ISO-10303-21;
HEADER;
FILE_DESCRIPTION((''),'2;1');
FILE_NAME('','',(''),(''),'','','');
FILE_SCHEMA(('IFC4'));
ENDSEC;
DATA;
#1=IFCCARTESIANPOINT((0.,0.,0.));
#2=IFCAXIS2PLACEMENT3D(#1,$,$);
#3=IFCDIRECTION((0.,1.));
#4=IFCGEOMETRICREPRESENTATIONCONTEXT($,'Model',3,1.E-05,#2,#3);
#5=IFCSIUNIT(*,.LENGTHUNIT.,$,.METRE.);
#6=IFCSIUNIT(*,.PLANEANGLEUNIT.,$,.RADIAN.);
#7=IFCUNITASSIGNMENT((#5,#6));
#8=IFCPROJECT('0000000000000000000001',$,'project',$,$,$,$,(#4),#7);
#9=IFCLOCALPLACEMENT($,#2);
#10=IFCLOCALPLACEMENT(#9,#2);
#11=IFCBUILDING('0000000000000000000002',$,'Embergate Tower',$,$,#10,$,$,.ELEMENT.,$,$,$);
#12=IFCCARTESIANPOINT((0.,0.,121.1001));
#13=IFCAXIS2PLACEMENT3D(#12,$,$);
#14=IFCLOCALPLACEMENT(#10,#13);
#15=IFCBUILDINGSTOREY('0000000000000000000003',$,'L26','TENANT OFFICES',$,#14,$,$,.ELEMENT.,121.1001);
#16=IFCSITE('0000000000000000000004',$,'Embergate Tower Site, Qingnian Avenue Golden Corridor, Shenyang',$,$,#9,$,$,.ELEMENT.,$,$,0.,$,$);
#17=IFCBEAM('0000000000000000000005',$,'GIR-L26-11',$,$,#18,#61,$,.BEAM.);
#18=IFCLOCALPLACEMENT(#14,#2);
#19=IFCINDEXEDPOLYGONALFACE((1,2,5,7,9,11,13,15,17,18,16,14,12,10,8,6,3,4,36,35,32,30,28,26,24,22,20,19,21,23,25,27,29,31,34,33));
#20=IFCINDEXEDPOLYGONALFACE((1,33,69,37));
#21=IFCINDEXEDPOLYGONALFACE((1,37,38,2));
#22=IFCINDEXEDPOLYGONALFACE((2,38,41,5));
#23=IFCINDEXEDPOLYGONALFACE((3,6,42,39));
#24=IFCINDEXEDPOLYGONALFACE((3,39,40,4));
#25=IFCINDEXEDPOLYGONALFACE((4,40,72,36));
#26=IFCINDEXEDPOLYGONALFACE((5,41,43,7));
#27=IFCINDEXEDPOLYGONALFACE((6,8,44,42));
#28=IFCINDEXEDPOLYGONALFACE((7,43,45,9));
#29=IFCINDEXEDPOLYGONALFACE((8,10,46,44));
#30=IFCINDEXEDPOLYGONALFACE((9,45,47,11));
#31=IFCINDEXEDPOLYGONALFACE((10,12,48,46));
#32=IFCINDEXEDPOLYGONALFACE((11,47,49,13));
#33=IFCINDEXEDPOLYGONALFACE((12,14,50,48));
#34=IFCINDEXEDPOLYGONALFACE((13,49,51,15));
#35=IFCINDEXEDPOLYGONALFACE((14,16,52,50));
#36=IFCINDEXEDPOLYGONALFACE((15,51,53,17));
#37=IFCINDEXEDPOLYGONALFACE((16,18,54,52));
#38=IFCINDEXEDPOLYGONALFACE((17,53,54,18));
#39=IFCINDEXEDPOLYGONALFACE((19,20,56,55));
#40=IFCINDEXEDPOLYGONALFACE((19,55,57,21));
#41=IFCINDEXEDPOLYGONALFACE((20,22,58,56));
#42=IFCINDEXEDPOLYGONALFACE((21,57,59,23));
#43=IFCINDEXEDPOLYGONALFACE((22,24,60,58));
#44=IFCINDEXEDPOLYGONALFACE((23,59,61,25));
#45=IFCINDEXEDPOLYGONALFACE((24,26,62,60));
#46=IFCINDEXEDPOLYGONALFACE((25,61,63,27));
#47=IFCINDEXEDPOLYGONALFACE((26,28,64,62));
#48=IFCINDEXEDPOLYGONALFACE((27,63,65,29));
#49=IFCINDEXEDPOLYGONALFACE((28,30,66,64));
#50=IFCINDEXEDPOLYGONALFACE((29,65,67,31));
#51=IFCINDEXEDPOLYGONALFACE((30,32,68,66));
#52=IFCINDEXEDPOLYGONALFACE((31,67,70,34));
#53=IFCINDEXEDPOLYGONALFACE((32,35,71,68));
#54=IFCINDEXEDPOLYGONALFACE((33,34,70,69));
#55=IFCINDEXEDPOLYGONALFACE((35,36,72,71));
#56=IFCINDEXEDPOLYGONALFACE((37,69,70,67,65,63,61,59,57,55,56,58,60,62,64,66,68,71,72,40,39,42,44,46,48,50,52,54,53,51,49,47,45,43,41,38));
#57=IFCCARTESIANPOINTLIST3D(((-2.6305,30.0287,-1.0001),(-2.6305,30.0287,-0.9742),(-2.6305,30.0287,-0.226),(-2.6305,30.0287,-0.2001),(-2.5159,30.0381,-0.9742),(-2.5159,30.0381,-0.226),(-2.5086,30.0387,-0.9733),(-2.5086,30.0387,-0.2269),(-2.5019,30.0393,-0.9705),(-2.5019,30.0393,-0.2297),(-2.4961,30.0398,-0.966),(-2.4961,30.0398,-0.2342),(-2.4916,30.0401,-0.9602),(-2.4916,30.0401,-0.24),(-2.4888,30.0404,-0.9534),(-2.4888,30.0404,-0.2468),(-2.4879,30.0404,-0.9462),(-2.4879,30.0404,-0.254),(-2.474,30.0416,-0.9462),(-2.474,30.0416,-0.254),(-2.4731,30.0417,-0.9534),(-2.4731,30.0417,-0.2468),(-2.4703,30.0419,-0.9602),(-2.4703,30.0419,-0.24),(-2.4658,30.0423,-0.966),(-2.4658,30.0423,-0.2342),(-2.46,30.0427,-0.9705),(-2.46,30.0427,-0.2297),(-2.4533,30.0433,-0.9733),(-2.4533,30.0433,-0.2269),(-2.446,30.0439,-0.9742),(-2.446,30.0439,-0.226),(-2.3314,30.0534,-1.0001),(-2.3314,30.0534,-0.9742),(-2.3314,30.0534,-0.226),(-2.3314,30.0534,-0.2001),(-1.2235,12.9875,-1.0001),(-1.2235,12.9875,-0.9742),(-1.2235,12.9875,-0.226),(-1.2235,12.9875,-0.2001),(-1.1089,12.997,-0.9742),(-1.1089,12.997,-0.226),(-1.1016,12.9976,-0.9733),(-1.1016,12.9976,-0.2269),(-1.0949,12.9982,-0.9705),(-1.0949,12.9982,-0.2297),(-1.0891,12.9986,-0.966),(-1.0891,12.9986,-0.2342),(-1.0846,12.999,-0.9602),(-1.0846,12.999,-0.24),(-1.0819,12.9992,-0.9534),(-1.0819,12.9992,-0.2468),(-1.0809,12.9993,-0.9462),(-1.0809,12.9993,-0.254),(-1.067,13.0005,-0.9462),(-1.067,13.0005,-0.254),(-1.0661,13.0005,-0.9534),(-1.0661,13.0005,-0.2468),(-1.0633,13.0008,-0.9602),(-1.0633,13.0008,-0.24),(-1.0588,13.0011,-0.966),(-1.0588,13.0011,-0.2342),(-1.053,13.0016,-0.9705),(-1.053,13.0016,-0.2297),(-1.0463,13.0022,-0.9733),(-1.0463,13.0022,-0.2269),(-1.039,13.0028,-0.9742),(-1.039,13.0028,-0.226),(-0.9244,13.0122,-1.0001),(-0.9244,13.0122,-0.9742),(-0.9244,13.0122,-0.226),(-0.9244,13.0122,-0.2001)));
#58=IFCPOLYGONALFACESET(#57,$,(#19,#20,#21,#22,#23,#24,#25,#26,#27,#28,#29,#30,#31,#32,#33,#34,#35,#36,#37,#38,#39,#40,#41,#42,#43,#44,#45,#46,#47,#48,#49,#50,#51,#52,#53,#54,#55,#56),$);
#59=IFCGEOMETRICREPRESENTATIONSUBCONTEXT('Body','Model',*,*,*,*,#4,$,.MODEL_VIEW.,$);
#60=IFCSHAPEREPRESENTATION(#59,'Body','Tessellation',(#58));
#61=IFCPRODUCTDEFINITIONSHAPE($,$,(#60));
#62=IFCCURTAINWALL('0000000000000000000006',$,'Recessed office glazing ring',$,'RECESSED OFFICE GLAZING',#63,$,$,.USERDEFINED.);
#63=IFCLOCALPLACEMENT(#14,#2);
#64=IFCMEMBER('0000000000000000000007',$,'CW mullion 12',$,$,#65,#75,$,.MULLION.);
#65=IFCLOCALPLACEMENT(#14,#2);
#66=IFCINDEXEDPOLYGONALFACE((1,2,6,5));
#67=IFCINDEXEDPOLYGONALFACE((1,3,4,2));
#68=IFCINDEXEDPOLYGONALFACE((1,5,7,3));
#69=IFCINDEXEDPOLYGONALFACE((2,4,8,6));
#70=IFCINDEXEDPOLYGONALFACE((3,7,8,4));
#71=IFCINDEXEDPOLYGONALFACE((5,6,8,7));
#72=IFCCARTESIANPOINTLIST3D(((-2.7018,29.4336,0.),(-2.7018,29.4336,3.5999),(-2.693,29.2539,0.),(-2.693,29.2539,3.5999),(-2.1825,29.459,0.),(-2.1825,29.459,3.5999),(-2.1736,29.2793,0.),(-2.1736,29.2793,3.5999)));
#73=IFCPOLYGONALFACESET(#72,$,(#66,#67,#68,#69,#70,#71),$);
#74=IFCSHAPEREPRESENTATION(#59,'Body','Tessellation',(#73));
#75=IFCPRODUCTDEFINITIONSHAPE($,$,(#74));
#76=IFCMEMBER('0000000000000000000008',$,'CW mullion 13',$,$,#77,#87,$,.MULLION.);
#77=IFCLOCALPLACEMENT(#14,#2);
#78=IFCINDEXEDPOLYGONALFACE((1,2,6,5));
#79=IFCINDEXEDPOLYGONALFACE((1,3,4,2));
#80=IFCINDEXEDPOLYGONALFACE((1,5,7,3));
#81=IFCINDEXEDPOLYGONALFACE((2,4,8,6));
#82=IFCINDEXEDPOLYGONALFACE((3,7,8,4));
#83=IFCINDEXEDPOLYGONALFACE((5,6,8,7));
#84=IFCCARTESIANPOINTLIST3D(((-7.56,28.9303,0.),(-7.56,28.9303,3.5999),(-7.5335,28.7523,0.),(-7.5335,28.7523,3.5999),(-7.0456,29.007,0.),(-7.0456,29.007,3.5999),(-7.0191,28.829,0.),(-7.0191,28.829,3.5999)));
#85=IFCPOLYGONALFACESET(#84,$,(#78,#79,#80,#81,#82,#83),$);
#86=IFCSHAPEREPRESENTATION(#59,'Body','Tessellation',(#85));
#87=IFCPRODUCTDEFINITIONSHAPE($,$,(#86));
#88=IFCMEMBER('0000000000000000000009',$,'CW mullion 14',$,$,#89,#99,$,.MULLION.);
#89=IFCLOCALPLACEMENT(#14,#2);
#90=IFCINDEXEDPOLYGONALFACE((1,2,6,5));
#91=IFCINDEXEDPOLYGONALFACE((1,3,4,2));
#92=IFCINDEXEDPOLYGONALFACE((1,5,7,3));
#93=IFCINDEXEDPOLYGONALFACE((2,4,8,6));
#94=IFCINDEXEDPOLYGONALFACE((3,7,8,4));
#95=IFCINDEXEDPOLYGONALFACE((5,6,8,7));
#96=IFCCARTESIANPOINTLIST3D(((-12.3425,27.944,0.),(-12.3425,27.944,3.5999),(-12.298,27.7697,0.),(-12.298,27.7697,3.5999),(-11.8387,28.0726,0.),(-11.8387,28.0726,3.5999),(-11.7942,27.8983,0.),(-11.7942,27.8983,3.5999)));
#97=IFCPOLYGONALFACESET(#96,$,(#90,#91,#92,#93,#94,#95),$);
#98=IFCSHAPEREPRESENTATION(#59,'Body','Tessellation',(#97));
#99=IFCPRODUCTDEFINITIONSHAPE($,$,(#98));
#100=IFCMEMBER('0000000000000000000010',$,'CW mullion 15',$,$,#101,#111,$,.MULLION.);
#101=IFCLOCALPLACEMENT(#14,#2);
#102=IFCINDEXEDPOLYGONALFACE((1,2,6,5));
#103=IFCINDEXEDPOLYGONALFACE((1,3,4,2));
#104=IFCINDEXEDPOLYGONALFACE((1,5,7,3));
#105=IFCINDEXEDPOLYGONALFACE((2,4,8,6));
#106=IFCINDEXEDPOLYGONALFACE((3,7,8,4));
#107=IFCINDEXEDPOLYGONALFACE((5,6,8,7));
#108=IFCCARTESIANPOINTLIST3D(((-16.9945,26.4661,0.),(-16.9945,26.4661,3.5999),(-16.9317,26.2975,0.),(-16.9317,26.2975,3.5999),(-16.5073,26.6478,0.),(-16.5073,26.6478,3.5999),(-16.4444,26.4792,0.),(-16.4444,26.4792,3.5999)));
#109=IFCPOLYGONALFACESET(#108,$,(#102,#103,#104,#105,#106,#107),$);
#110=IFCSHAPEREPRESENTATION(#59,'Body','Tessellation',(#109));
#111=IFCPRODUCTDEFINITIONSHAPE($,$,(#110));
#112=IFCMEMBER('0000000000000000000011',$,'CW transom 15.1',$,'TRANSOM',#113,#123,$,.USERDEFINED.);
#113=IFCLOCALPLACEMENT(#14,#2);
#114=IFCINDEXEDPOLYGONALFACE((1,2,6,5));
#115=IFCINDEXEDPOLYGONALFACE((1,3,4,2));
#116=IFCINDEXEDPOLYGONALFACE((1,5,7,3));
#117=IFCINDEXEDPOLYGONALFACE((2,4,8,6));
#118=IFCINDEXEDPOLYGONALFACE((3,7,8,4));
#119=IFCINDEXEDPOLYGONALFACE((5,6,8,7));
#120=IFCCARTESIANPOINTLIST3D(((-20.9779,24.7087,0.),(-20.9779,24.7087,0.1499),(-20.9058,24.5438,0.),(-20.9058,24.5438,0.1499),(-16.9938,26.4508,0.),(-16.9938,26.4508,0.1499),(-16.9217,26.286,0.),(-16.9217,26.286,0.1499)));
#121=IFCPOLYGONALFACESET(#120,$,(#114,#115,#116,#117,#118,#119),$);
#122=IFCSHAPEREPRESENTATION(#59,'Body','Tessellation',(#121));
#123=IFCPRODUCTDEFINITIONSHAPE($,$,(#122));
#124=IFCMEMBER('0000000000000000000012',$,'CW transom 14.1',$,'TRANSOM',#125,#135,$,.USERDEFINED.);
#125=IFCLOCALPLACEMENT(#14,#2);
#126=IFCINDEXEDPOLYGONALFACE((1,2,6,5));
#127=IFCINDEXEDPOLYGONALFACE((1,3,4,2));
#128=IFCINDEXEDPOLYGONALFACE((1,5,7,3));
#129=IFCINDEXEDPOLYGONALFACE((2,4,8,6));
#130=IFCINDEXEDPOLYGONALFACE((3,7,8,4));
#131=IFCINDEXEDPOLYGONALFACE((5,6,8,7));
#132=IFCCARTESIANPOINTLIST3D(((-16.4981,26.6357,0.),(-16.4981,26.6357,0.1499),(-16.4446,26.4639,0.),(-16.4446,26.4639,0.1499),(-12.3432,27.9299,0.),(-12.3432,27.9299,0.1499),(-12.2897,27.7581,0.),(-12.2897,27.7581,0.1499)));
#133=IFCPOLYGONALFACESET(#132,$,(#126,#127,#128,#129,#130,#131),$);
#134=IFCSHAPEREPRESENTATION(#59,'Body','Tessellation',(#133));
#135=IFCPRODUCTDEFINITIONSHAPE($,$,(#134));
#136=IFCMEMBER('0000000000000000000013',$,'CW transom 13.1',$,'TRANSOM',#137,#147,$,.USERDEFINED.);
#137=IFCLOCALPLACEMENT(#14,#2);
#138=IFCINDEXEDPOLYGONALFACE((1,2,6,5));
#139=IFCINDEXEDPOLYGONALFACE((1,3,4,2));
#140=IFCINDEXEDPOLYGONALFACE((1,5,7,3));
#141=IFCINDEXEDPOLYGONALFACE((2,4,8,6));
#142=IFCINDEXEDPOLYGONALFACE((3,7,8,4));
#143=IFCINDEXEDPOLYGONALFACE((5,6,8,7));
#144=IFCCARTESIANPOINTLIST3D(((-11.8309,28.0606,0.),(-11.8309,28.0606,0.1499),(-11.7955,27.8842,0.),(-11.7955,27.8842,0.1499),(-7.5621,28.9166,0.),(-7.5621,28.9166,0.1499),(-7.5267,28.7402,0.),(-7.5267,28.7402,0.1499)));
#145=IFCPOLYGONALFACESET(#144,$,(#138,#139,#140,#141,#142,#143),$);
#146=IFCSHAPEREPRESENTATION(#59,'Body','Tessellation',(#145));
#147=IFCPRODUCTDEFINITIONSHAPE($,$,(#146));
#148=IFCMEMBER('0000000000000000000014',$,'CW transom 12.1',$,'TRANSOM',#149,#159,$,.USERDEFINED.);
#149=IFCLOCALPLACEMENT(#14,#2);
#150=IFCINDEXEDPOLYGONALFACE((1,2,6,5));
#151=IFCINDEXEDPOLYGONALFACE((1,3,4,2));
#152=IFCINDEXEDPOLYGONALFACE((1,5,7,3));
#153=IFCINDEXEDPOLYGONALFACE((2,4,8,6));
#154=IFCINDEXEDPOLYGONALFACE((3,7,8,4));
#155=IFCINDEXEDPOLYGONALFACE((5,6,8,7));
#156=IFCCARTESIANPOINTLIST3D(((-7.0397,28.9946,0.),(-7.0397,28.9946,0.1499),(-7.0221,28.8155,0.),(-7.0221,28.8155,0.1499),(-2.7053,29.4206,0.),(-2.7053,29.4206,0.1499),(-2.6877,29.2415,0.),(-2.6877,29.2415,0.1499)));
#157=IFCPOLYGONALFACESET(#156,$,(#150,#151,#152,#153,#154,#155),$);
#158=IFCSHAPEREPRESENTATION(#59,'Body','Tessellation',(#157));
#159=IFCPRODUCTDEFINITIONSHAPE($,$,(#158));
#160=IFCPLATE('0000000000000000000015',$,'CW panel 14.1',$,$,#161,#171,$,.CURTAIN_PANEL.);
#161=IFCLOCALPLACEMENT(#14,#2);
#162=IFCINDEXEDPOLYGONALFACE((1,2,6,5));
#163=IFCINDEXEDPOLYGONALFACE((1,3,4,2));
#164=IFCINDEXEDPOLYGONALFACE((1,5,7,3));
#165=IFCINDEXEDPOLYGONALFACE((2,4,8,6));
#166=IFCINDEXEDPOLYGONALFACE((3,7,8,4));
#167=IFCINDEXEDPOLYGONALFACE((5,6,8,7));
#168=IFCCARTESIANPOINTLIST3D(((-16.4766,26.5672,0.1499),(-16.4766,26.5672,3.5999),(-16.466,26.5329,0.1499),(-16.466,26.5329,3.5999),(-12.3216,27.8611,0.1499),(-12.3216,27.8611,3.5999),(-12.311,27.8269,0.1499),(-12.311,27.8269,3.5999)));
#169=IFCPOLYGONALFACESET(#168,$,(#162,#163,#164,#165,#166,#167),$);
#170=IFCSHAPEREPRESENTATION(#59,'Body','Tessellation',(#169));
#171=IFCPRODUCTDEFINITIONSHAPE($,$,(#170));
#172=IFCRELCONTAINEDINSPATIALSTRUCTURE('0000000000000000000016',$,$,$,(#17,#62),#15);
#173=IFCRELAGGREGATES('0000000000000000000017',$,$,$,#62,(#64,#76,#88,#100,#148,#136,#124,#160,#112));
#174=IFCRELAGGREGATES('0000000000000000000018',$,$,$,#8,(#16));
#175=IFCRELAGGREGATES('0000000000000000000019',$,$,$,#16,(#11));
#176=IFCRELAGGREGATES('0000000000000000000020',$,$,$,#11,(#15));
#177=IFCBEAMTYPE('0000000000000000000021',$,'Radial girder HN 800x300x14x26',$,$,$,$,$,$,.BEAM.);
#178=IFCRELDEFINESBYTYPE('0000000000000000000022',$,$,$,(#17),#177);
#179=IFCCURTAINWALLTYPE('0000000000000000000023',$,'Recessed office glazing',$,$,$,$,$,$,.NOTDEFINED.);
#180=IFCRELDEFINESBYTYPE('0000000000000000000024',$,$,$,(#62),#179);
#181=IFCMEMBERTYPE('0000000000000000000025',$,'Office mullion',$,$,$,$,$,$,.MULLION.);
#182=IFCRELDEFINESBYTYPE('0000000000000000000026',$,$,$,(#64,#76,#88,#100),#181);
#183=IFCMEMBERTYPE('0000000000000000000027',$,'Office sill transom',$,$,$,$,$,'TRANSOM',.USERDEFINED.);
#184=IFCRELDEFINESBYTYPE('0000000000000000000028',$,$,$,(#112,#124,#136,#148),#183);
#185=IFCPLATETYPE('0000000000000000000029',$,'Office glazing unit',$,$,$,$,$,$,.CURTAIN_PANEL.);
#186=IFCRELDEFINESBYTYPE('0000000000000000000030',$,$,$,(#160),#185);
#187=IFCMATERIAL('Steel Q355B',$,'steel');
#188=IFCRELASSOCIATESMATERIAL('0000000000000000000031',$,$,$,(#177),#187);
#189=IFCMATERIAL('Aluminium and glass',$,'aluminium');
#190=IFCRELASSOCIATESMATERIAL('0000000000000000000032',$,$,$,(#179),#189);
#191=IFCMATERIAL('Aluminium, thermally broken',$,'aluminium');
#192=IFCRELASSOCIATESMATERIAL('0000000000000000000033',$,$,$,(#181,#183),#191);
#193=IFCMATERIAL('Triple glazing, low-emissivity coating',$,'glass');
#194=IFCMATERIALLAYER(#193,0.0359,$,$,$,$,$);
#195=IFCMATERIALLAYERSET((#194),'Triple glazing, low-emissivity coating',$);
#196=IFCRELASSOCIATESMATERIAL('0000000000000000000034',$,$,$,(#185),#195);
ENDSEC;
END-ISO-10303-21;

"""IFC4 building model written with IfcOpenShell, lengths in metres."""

from ifc_helpers import new_model, si_unit, direction, frame, origin, origin_2d, place, context, subcontext, project, spatial, rectangle, i_section, extrude, source, transform, mapped, material, layer, layer_set, material_profile, profile_set, type_object, element, aggregate, save


model = new_model("IFC4")

# Units and contexts
model_context = context("Model", 3, precision=1e-05, world=origin(), true_north=direction((0.0, 1.0)))
body_context = subcontext(model_context, "Body", "Model", "MODEL_VIEW")
ifc_project = project(units=[si_unit("LENGTHUNIT", "METRE"), si_unit("PLANEANGLEUNIT", "RADIAN")], contexts=[model_context])

# Site, building, storey
site_placement = place(None, origin())
site = spatial("IfcSite", under=ifc_project, at=site_placement, Name="Embergate Tower Site, Qingnian Avenue Golden Corridor, Shenyang", CompositionType="ELEMENT", RefElevation=0.0)
building_placement = place(site_placement, origin())
building = spatial("IfcBuilding", under=site, at=building_placement, Name="Embergate Tower", CompositionType="ELEMENT")
storey_placement = place(building_placement, frame((0.0, 0.0, 121.1001)))
storey = spatial("IfcBuildingStorey", under=building, at=storey_placement, Name="L26", Description="TENANT OFFICES", CompositionType="ELEMENT", Elevation=121.1001)

# Beam
ifc_material_1 = material(Name="Steel Q355B", Category="steel")
ifc_material_profile_1 = material_profile(ifc_material_1, i_section(OverallWidth=0.3, OverallDepth=0.8, WebThickness=0.0139, FlangeThickness=0.0259, FilletRadius=0.0281, at=origin_2d()), Name="HN 800x300x14x26")
ifc_profile_set_1 = profile_set([ifc_material_profile_1], Name="Steel Q355 grade B")
beam_type_1 = type_object("IfcBeamType", Name="Radial girder HN 800x300x14x26", PredefinedType="BEAM", material=ifc_profile_set_1)
shared_shape_1 = source(origin(), body_context, "Body", "SweptSolid", [
    extrude(i_section(OverallWidth=0.3, OverallDepth=0.8, WebThickness=0.0139, FlangeThickness=0.0259, FilletRadius=0.0281, at=origin_2d()), origin(), (0.0, 0.0, 1.0), 17.0991),
])
beam_1_placement = place(storey_placement, frame((-2.481, 30.041, -0.6001), z_axis=(0.082284, -0.996609, 0.0), x_axis=(0.996609, 0.082284, 0.0)))
element("IfcBeam", 1, at=beam_1_placement, inside=storey, type_object=beam_type_1, Name="GIR-L26-11", PredefinedType="BEAM", context=body_context, shape_type="MappedRepresentation", body=[
    mapped(shared_shape_1, transform((0.0, 0.0, 0.0))),
])

# Curtain wall, members, plate
ifc_material_2 = material(Name="Aluminium and glass", Category="aluminium")
curtain_wall_type = type_object("IfcCurtainWallType", Name="Recessed office glazing", PredefinedType="NOTDEFINED", material=ifc_material_2)
curtain_wall_placement = place(storey_placement, origin())
curtain_wall = element("IfcCurtainWall", 2, at=curtain_wall_placement, inside=storey, type_object=curtain_wall_type, Name="Recessed office glazing ring", ObjectType="RECESSED OFFICE GLAZING", PredefinedType="USERDEFINED")
ifc_material_3 = material(Name="Aluminium, thermally broken", Category="aluminium")
ifc_material_profile_2 = material_profile(ifc_material_3, rectangle(XDim=0.1799, YDim=0.52, at=origin_2d()), Name="AL 520x180")
ifc_profile_set_2 = profile_set([ifc_material_profile_2], Name="Aluminium, thermally broken")
member_type_1 = type_object("IfcMemberType", Name="Office mullion", PredefinedType="MULLION", material=ifc_profile_set_2)
shared_shape_2 = source(origin(), body_context, "Body", "SweptSolid", [
    extrude(rectangle(XDim=0.1799, YDim=0.52, at=origin_2d()), origin(), (0.0, 0.0, 1.0), 3.5999),
])
member_1_placement = place(storey_placement, frame((-2.4377, 29.3564, 0.0), z_axis=(0.0, 0.0, 1.0), x_axis=(0.048972, -0.9988, 0.0)))
member_1 = element("IfcMember", 3, at=member_1_placement, type_object=member_type_1, Name="CW mullion 12", PredefinedType="MULLION", context=body_context, shape_type="MappedRepresentation", body=[
    mapped(shared_shape_2, transform((0.0, 0.0, 0.0))),
])
member_2_placement = place(storey_placement, frame((-7.2896, 28.8796, 0.0), z_axis=(0.0, 0.0, 1.0), x_axis=(0.147412, -0.989075, 0.0)))
member_2 = element("IfcMember", 4, at=member_2_placement, type_object=member_type_1, Name="CW mullion 13", PredefinedType="MULLION", context=body_context, shape_type="MappedRepresentation", body=[
    mapped(shared_shape_2, transform((0.0, 0.0, 0.0))),
])
member_3_placement = place(storey_placement, frame((-12.0684, 27.9211, 0.0), z_axis=(0.0, 0.0, 1.0), x_axis=(0.247312, -0.968936, 0.0)))
member_3 = element("IfcMember", 5, at=member_3_placement, type_object=member_type_1, Name="CW mullion 14", PredefinedType="MULLION", context=body_context, shape_type="MappedRepresentation", body=[
    mapped(shared_shape_2, transform((0.0, 0.0, 0.0))),
])
member_4_placement = place(storey_placement, frame((-16.7195, 26.4727, 0.0), z_axis=(0.0, 0.0, 1.0), x_axis=(0.349503, -0.936935, 0.0)))
member_4 = element("IfcMember", 6, at=member_4_placement, type_object=member_type_1, Name="CW mullion 15", PredefinedType="MULLION", context=body_context, shape_type="MappedRepresentation", body=[
    mapped(shared_shape_2, transform((0.0, 0.0, 0.0))),
])
ifc_material_profile_3 = material_profile(ifc_material_3, rectangle(XDim=0.1799, YDim=0.1499, at=origin_2d()), Name="AL 150x180")
ifc_profile_set_3 = profile_set([ifc_material_profile_3], Name="Aluminium, thermally broken")
member_type_2 = type_object("IfcMemberType", Name="Office sill transom", ElementType="TRANSOM", PredefinedType="USERDEFINED", material=ifc_profile_set_3)
shared_shape_3 = source(origin(), body_context, "Body", "SweptSolid", [
    extrude(rectangle(XDim=0.1799, YDim=0.1499, at=origin_2d()), origin(), (0.0, 0.0, 1.0), 4.3484),
])
member_5_placement = place(storey_placement, frame((-16.9578, 26.3684, 0.075), z_axis=(-0.916231, -0.400651, 0.0), x_axis=(0.400651, -0.916231, 0.0)))
member_5 = element("IfcMember", 7, at=member_5_placement, type_object=member_type_2, Name="CW transom 15.1", ObjectType="TRANSOM", PredefinedType="USERDEFINED", context=body_context, shape_type="MappedRepresentation", body=[
    mapped(shared_shape_3, transform((0.0, 0.0, 0.0))),
])
shared_shape_4 = source(origin(), body_context, "Body", "SweptSolid", [
    extrude(rectangle(XDim=0.1799, YDim=0.1499, at=origin_2d()), origin(), (0.0, 0.0, 1.0), 4.3518),
])
member_6_placement = place(storey_placement, frame((-12.3164, 27.844, 0.075), z_axis=(-0.954758, -0.297384, 0.0), x_axis=(0.297384, -0.954758, 0.0)))
member_6 = element("IfcMember", 8, at=member_6_placement, type_object=member_type_2, Name="CW transom 14.1", ObjectType="TRANSOM", PredefinedType="USERDEFINED", context=body_context, shape_type="MappedRepresentation", body=[
    mapped(shared_shape_4, transform((0.0, 0.0, 0.0))),
])
shared_shape_5 = source(origin(), body_context, "Body", "SweptSolid", [
    extrude(rectangle(XDim=0.1799, YDim=0.1499, at=origin_2d()), origin(), (0.0, 0.0, 1.0), 4.3538),
])
member_7_placement = place(storey_placement, frame((-7.5444, 28.8284, 0.075), z_axis=(-0.980484, -0.196601, 0.0), x_axis=(0.196601, -0.980484, 0.0)))
member_7 = element("IfcMember", 9, at=member_7_placement, type_object=member_type_2, Name="CW transom 13.1", ObjectType="TRANSOM", PredefinedType="USERDEFINED", context=body_context, shape_type="MappedRepresentation", body=[
    mapped(shared_shape_5, transform((0.0, 0.0, 0.0))),
])
shared_shape_6 = source(origin(), body_context, "Body", "SweptSolid", [
    extrude(rectangle(XDim=0.1799, YDim=0.1499, at=origin_2d()), origin(), (0.0, 0.0, 1.0), 4.3552),
])
member_8_placement = place(storey_placement, frame((-2.6965, 29.3311, 0.075), z_axis=(-0.995204, -0.097822, 0.0), x_axis=(0.097822, -0.995204, 0.0)))
member_8 = element("IfcMember", 10, at=member_8_placement, type_object=member_type_2, Name="CW transom 12.1", ObjectType="TRANSOM", PredefinedType="USERDEFINED", context=body_context, shape_type="MappedRepresentation", body=[
    mapped(shared_shape_6, transform((0.0, 0.0, 0.0))),
])
ifc_material_4 = material(Name="Triple glazing, low-emissivity coating", Category="glass")
ifc_layer_1 = layer(ifc_material_4, 0.0359)
ifc_layer_set_1 = layer_set([ifc_layer_1], Name="Triple glazing, low-emissivity coating")
plate_type = type_object("IfcPlateType", Name="Office glazing unit", PredefinedType="CURTAIN_PANEL", material=ifc_layer_set_1)
shared_shape_7 = source(origin(), body_context, "Body", "SweptSolid", [
    extrude(rectangle(XDim=4.3518, YDim=0.0359, at=origin_2d()), origin(), (0.0, 0.0, 1.0), 3.45),
])
plate_1_placement = place(storey_placement, frame((-14.3938, 27.197, 0.1499), z_axis=(0.0, 0.0, 1.0), x_axis=(-0.954772, -0.297338, 0.0)))
plate_1 = element("IfcPlate", 11, at=plate_1_placement, type_object=plate_type, Name="CW panel 14.1", PredefinedType="CURTAIN_PANEL", context=body_context, shape_type="MappedRepresentation", body=[
    mapped(shared_shape_7, transform((0.0, 0.0, 0.0))),
])
aggregate(curtain_wall, [member_1, member_2, member_3, member_4, member_8, member_7, member_6, plate_1, member_5])

save(model, "model.ifc")
